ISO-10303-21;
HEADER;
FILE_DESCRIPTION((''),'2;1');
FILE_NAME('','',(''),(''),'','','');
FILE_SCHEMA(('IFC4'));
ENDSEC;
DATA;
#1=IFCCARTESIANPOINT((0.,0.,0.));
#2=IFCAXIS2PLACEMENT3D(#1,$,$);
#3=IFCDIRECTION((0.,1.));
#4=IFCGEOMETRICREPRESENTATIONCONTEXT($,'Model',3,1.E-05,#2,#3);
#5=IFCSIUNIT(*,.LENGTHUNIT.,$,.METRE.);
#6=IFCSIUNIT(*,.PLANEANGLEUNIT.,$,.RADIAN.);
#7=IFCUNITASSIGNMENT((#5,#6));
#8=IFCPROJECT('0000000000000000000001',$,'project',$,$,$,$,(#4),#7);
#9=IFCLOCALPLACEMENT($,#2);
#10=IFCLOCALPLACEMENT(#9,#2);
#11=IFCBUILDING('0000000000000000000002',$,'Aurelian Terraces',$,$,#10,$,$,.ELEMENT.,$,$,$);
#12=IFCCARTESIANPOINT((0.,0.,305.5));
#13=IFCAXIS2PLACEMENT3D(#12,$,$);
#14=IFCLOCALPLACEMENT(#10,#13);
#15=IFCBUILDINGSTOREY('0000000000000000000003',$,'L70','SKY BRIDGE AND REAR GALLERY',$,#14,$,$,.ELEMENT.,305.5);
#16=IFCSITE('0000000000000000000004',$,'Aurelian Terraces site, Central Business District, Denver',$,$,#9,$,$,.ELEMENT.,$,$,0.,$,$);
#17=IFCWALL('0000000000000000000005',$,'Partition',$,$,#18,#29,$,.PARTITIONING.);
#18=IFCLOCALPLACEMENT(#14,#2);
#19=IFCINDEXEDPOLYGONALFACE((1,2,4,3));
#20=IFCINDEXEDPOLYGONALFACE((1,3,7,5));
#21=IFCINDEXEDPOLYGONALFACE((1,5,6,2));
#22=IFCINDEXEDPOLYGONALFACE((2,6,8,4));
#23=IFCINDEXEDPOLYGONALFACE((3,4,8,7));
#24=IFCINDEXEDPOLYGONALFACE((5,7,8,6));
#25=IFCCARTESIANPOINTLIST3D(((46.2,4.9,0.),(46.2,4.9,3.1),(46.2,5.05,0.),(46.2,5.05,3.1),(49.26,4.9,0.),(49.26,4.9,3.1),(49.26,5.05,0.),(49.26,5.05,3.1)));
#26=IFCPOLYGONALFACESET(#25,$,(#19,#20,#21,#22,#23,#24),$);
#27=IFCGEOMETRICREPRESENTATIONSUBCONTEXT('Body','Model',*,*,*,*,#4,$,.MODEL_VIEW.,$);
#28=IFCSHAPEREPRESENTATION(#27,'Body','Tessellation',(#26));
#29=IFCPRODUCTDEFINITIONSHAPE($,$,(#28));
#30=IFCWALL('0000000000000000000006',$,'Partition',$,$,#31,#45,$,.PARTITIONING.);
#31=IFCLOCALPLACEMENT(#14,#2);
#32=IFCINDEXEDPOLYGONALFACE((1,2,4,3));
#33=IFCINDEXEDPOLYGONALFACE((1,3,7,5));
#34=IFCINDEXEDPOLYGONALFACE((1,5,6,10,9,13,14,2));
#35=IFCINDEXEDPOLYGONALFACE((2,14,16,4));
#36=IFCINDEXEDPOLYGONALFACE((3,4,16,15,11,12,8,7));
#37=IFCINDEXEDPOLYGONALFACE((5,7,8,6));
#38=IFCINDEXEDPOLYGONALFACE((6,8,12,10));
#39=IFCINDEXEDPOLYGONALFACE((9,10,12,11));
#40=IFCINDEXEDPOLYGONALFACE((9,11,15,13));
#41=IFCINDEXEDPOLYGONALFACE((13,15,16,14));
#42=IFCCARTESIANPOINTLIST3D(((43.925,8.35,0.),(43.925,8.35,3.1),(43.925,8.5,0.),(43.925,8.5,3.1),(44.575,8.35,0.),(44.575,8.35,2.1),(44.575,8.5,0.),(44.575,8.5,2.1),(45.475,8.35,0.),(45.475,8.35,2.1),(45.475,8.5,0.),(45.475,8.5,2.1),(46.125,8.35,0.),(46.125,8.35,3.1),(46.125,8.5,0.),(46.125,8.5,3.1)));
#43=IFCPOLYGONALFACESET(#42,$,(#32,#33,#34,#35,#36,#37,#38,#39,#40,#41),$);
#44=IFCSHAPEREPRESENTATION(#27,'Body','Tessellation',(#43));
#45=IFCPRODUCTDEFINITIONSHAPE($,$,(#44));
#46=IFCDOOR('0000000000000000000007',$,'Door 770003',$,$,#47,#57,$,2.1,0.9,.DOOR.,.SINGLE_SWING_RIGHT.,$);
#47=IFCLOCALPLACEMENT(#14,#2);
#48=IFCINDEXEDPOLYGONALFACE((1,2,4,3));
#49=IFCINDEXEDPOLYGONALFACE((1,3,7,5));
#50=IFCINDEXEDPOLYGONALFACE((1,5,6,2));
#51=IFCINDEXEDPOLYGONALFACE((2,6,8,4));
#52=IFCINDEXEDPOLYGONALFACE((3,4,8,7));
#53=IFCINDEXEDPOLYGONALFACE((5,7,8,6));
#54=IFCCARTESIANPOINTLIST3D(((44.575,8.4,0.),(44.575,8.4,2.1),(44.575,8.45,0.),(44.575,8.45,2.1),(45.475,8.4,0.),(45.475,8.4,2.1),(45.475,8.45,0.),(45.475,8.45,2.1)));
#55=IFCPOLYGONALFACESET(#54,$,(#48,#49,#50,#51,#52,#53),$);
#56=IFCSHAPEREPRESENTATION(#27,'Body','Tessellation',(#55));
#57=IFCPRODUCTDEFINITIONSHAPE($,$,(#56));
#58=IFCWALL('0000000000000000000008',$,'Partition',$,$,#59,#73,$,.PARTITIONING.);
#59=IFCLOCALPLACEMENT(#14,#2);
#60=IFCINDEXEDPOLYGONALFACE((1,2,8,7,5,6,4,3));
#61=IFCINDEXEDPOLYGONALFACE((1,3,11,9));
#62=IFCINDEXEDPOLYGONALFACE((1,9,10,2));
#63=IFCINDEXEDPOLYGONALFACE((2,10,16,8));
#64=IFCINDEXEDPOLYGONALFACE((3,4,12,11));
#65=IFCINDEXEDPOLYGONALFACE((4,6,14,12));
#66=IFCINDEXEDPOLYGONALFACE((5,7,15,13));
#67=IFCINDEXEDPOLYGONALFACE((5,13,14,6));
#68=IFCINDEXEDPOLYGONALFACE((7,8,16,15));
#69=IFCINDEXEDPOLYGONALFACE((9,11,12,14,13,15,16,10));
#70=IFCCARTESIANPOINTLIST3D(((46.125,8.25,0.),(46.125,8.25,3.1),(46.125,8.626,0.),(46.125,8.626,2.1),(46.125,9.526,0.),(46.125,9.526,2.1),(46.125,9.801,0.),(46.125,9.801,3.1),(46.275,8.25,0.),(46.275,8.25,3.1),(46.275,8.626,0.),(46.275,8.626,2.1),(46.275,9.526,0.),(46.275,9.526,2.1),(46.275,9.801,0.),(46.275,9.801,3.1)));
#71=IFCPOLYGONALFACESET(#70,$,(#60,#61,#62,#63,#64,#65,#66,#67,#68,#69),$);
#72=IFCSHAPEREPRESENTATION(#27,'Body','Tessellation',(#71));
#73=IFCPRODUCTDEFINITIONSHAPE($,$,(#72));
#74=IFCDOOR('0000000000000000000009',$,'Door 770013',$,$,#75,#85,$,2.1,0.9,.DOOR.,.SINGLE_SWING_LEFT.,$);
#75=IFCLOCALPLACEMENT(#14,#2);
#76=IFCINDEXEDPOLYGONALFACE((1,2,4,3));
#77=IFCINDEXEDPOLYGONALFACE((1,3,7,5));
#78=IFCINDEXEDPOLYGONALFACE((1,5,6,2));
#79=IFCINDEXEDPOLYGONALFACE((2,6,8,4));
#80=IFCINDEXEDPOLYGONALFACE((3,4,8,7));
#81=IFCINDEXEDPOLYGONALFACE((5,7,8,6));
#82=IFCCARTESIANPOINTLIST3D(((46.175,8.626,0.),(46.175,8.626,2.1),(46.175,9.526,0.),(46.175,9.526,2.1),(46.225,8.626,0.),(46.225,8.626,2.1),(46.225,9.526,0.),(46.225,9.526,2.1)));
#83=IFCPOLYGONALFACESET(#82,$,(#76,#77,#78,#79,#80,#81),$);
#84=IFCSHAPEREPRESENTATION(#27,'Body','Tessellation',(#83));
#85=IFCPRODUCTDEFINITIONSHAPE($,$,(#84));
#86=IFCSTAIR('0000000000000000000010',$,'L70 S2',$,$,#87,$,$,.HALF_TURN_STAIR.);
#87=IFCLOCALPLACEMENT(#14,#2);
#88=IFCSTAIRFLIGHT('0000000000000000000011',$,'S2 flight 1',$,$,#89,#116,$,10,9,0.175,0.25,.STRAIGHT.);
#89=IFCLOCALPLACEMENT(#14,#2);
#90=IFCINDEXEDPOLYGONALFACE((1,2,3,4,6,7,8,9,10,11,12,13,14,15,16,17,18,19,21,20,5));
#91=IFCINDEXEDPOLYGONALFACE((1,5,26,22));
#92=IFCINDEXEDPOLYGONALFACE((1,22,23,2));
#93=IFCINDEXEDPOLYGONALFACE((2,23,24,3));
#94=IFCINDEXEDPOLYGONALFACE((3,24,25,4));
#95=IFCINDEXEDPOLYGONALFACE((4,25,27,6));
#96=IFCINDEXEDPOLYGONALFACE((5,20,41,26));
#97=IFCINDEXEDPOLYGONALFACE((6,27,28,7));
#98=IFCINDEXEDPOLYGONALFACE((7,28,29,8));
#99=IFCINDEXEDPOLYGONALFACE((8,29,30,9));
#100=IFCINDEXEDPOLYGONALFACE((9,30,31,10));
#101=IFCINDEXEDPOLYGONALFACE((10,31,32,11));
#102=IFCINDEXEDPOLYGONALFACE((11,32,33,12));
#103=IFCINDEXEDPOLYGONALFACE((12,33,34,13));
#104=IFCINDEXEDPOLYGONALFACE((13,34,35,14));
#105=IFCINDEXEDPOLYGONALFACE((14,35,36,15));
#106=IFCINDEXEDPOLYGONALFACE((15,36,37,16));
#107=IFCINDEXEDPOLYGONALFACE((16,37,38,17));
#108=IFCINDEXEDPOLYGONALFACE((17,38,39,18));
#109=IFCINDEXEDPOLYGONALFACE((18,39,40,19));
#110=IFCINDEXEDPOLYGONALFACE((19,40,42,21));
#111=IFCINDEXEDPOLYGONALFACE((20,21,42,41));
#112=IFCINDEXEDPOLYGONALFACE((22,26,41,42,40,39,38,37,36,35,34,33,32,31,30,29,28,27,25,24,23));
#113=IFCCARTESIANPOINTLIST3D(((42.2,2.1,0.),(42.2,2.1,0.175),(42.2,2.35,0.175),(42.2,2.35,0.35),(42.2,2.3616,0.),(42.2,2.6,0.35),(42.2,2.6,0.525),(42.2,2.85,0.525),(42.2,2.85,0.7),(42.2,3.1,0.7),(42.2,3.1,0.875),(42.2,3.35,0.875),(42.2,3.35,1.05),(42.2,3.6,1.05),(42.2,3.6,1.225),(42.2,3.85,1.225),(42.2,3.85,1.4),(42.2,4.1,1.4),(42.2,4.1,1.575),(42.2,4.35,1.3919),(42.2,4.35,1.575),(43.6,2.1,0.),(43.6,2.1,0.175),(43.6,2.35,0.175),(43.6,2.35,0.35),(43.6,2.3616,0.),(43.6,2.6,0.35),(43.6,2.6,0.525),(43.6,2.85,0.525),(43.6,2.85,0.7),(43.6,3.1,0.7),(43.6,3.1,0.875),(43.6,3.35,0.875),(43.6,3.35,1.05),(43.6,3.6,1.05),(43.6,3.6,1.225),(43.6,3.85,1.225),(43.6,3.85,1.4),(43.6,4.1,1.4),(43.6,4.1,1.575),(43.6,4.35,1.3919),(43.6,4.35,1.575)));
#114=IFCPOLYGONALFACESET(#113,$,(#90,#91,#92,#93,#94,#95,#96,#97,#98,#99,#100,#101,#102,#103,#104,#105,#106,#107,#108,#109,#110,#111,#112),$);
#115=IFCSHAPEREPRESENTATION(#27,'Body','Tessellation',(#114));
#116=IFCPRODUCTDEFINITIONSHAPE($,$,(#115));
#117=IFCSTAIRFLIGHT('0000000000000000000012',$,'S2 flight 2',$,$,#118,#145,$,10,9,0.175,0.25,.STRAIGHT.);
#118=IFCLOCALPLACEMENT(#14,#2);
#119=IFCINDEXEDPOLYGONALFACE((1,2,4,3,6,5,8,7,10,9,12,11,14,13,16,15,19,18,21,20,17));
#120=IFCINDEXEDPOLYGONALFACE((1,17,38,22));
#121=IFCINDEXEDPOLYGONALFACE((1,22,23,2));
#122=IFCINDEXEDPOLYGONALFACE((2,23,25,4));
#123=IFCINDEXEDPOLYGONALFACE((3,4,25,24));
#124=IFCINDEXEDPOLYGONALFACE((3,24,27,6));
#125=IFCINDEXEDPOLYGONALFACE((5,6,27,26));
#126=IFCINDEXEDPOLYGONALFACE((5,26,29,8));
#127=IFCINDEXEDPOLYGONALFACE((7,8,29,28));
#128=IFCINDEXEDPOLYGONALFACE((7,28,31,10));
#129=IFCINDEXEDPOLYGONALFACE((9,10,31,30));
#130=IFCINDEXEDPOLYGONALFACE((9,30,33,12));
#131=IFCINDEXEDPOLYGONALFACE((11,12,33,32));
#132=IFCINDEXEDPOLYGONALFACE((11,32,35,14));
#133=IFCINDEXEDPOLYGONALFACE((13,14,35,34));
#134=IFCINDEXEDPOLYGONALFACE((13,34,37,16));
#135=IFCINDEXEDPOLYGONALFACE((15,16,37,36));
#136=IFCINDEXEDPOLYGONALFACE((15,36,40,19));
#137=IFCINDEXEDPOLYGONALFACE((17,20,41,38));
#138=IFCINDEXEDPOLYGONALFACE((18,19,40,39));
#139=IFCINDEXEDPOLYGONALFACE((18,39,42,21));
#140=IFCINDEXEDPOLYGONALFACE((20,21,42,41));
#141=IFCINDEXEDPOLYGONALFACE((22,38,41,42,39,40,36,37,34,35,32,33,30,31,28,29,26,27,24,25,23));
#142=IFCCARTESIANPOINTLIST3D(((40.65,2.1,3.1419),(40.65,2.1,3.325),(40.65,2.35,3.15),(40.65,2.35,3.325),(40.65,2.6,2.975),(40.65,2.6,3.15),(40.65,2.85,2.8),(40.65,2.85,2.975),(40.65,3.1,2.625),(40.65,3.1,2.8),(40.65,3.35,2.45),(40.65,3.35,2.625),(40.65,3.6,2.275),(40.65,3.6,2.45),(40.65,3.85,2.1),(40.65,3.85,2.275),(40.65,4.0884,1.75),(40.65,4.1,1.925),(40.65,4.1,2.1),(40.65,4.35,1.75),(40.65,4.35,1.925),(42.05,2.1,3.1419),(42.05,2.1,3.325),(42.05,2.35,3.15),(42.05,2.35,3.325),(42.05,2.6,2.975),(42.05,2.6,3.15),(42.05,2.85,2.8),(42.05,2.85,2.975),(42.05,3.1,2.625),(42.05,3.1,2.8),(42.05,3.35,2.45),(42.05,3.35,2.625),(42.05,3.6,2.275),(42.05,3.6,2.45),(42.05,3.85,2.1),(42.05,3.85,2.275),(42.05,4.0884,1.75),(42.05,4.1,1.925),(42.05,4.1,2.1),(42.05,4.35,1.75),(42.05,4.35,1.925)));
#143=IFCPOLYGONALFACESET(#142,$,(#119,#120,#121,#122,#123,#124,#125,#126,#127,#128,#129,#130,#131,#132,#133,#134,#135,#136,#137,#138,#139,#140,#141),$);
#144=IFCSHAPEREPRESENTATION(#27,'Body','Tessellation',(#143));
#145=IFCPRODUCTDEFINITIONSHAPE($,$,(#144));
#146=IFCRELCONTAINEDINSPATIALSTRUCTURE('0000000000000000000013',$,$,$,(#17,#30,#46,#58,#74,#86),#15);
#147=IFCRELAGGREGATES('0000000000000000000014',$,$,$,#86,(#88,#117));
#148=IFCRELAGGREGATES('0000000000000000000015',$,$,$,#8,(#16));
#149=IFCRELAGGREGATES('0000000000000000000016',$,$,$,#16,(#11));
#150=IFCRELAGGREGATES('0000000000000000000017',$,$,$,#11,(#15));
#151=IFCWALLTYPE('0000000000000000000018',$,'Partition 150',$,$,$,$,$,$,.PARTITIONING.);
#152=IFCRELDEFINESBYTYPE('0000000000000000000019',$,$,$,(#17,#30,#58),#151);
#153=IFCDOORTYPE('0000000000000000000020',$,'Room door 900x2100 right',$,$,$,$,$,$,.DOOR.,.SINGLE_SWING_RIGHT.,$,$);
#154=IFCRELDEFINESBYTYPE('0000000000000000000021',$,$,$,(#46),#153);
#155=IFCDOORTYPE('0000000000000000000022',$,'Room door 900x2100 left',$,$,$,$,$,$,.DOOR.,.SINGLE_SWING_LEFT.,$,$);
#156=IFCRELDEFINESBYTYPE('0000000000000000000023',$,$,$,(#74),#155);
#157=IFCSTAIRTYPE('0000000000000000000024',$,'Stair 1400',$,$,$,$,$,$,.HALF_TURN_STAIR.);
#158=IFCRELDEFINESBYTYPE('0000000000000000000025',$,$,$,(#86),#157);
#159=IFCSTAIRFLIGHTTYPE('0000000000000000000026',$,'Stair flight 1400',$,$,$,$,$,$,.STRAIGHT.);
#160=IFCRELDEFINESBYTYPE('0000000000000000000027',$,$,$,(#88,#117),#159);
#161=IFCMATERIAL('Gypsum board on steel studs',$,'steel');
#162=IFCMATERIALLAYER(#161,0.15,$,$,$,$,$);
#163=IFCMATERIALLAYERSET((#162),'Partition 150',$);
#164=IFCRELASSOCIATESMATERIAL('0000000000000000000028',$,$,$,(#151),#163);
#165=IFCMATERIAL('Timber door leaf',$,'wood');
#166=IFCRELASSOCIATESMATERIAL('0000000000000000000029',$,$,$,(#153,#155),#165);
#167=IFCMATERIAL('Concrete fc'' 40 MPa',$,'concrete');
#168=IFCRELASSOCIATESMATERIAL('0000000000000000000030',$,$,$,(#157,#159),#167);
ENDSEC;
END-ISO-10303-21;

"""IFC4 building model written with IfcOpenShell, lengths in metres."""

from ifc_helpers import new_model, si_unit, direction, frame, frame_2d, origin, place, context, subcontext, project, spatial, polyline, rectangle, outline, extrude, source, transform, mapped, material, layer, layer_set, type_object, element, fill, aggregate, save


model = new_model("IFC4")

# Units and contexts
model_context = context("Model", 3, precision=1e-05, world=origin(), true_north=direction((0.0, 1.0)))
body_context = subcontext(model_context, "Body", "Model", "MODEL_VIEW")
ifc_project = project(units=[si_unit("LENGTHUNIT", "METRE"), si_unit("PLANEANGLEUNIT", "RADIAN")], contexts=[model_context])

# Site, building, storey
site_placement = place(None, origin())
site = spatial("IfcSite", under=ifc_project, at=site_placement, Name="Aurelian Terraces site, Central Business District, Denver", CompositionType="ELEMENT", RefElevation=0.0)
building_placement = place(site_placement, origin())
building = spatial("IfcBuilding", under=site, at=building_placement, Name="Aurelian Terraces", CompositionType="ELEMENT")
storey_placement = place(building_placement, frame((0.0, 0.0, 305.5)))
storey = spatial("IfcBuildingStorey", under=building, at=storey_placement, Name="L70", Description="SKY BRIDGE AND REAR GALLERY", CompositionType="ELEMENT", Elevation=305.5)

# Shared definitions
ifc_material_1 = material(Name="Gypsum board on steel studs", Category="steel")

# Shared definitions
ifc_material_2 = material(Name="Concrete fc' 40 MPa", Category="concrete")

# Wall
ifc_layer_1 = layer(ifc_material_1, 0.15)
ifc_layer_set_1 = layer_set([ifc_layer_1], Name="Partition 150")
wall_type_1 = type_object("IfcWallType", Name="Partition 150", PredefinedType="PARTITIONING", material=ifc_layer_set_1)
shared_shape_1 = source(origin(), body_context, "Body", "SweptSolid", [
    extrude(rectangle(XDim=3.06, YDim=0.15, at=frame_2d((1.53, 0.0))), origin(), (0.0, 0.0, 1.0), 3.1),
])
wall_1_placement = place(storey_placement, frame((49.26, 4.975, 0.0), z_axis=(0.0, 0.0, 1.0), x_axis=(-1.0, 0.0, 0.0)))
element("IfcWall", 1, at=wall_1_placement, inside=storey, type_object=wall_type_1, Name="Partition", PredefinedType="PARTITIONING", context=body_context, shape_type="MappedRepresentation", body=[
    mapped(shared_shape_1, transform((0.0, 0.0, 0.0), scale=1.0)),
])

# Walls, openings, doors
shared_shape_2 = source(origin(), body_context, "Body", "SweptSolid", [
    extrude(rectangle(XDim=2.2, YDim=0.15, at=frame_2d((1.1, 0.0))), origin(), (0.0, 0.0, 1.0), 3.1),
])
wall_2_placement = place(storey_placement, frame((46.125, 8.425, 0.0), z_axis=(0.0, 0.0, 1.0), x_axis=(-1.0, 0.0, 0.0)))
wall_2 = element("IfcWall", 2, at=wall_2_placement, inside=storey, type_object=wall_type_1, Name="Partition", PredefinedType="PARTITIONING", context=body_context, shape_type="MappedRepresentation", body=[
    mapped(shared_shape_2, transform((0.0, 0.0, 0.0), scale=1.0)),
])
shared_shape_3 = source(origin(), body_context, "Body", "SweptSolid", [
    extrude(rectangle(XDim=0.9, YDim=2.1, at=frame_2d((0.45, 1.05))), frame((0.0, 0.085, 0.0), z_axis=(0.0, -1.0, 0.0), x_axis=(1.0, 0.0, 0.0)), (0.0, 0.0, 1.0), 0.17),
])
opening_1_placement = place(wall_2_placement, frame((0.65, 0.0, 0.0)))
opening_1 = element("IfcOpeningElement", 3, at=opening_1_placement, cuts=wall_2, PredefinedType="OPENING", context=body_context, shape_type="MappedRepresentation", body=[
    mapped(shared_shape_3, transform((0.0, 0.0, 0.0), scale=1.0)),
])
ifc_material_3 = material(Name="Timber door leaf", Category="wood")
door_type_1 = type_object("IfcDoorType", Name="Room door 900x2100 right", OperationType="SINGLE_SWING_RIGHT", PredefinedType="DOOR", material=ifc_material_3)
shared_shape_4 = source(origin(), body_context, "Body", "SweptSolid", [
    extrude(rectangle(XDim=0.9, YDim=2.1, at=frame_2d((0.45, 1.05))), frame((0.0, 0.025, 0.0), z_axis=(0.0, -1.0, 0.0), x_axis=(1.0, 0.0, 0.0)), (0.0, 0.0, 1.0), 0.05),
])
door_1_placement = place(opening_1_placement, origin())
door_1 = element("IfcDoor", 4, at=door_1_placement, inside=storey, type_object=door_type_1, Name="Door 770003", OperationType="SINGLE_SWING_RIGHT", OverallHeight=2.1, OverallWidth=0.9, PredefinedType="DOOR", context=body_context, shape_type="MappedRepresentation", body=[
    mapped(shared_shape_4, transform((0.0, 0.0, 0.0), scale=1.0)),
])
fill(opening_1, door_1)
shared_shape_5 = source(origin(), body_context, "Body", "SweptSolid", [
    extrude(rectangle(XDim=1.551, YDim=0.15, at=frame_2d((0.7755, 0.0))), origin(), (0.0, 0.0, 1.0), 3.1),
])
wall_3_placement = place(storey_placement, frame((46.2, 9.801, 0.0), z_axis=(0.0, 0.0, 1.0), x_axis=(0.0, -1.0, 0.0)))
wall_3 = element("IfcWall", 5, at=wall_3_placement, inside=storey, type_object=wall_type_1, Name="Partition", PredefinedType="PARTITIONING", context=body_context, shape_type="MappedRepresentation", body=[
    mapped(shared_shape_5, transform((0.0, 0.0, 0.0), scale=1.0)),
])
opening_2_placement = place(wall_3_placement, frame((0.275, 0.0, 0.0)))
opening_2 = element("IfcOpeningElement", 6, at=opening_2_placement, cuts=wall_3, PredefinedType="OPENING", context=body_context, shape_type="MappedRepresentation", body=[
    mapped(shared_shape_3, transform((0.0, 0.0, 0.0), scale=1.0)),
])
door_type_2 = type_object("IfcDoorType", Name="Room door 900x2100 left", OperationType="SINGLE_SWING_LEFT", PredefinedType="DOOR", material=ifc_material_3)
door_2_placement = place(opening_2_placement, origin())
door_2 = element("IfcDoor", 7, at=door_2_placement, inside=storey, type_object=door_type_2, Name="Door 770013", OperationType="SINGLE_SWING_LEFT", OverallHeight=2.1, OverallWidth=0.9, PredefinedType="DOOR", context=body_context, shape_type="MappedRepresentation", body=[
    mapped(shared_shape_4, transform((0.0, 0.0, 0.0), scale=1.0)),
])
fill(opening_2, door_2)

# Stair, stair flights
stair_type = type_object("IfcStairType", Name="Stair 1400", PredefinedType="HALF_TURN_STAIR", material=ifc_material_2)
stair_placement = place(storey_placement, origin())
stair = element("IfcStair", 8, at=stair_placement, inside=storey, type_object=stair_type, Name="L70 S2", PredefinedType="HALF_TURN_STAIR")
stair_flight_type = type_object("IfcStairFlightType", Name="Stair flight 1400", PredefinedType="STRAIGHT", material=ifc_material_2)
shared_shape_6 = source(origin(), body_context, "Body", "SweptSolid", [
    extrude(outline(polyline([(0.0, 0.0), (0.0, 0.175), (0.25, 0.175), (0.25, 0.35), (0.5, 0.35), (0.5, 0.525), (0.75, 0.525), (0.75, 0.7), (1.0, 0.7), (1.0, 0.875), (1.25, 0.875), (1.25, 1.05), (1.5, 1.05), (1.5, 1.225), (1.75, 1.225), (1.75, 1.4), (2.0, 1.4), (2.0, 1.575), (2.25, 1.575), (2.25, 1.75), (2.25, 1.3919), (0.2616, 0.0), (0.0, 0.0)])), frame((0.0, 0.7, 0.0), z_axis=(0.0, -1.0, 0.0), x_axis=(1.0, 0.0, 0.0)), (0.0, 0.0, 1.0), 1.4),
])
stair_flight_1_placement = place(storey_placement, frame((42.9, 2.1, 0.0), z_axis=(0.0, 0.0, 1.0), x_axis=(0.0, 1.0, 0.0)))
stair_flight_1 = element("IfcStairFlight", 9, at=stair_flight_1_placement, type_object=stair_flight_type, Name="S2 flight 1", NumberOfRisers=10, NumberOfTreads=9, PredefinedType="STRAIGHT", RiserHeight=0.175, TreadLength=0.25, context=body_context, shape_type="MappedRepresentation", body=[
    mapped(shared_shape_6, transform((0.0, 0.0, 0.0), scale=1.0)),
])
stair_flight_2_placement = place(storey_placement, frame((41.35, 4.35, 1.75), z_axis=(0.0, 0.0, 1.0), x_axis=(0.0, -1.0, 0.0)))
stair_flight_2 = element("IfcStairFlight", 10, at=stair_flight_2_placement, type_object=stair_flight_type, Name="S2 flight 2", NumberOfRisers=10, NumberOfTreads=9, PredefinedType="STRAIGHT", RiserHeight=0.175, TreadLength=0.25, context=body_context, shape_type="MappedRepresentation", body=[
    mapped(shared_shape_6, transform((0.0, 0.0, 0.0), scale=1.0)),
])
aggregate(stair, [stair_flight_1, stair_flight_2])

save(model, "model.ifc")
